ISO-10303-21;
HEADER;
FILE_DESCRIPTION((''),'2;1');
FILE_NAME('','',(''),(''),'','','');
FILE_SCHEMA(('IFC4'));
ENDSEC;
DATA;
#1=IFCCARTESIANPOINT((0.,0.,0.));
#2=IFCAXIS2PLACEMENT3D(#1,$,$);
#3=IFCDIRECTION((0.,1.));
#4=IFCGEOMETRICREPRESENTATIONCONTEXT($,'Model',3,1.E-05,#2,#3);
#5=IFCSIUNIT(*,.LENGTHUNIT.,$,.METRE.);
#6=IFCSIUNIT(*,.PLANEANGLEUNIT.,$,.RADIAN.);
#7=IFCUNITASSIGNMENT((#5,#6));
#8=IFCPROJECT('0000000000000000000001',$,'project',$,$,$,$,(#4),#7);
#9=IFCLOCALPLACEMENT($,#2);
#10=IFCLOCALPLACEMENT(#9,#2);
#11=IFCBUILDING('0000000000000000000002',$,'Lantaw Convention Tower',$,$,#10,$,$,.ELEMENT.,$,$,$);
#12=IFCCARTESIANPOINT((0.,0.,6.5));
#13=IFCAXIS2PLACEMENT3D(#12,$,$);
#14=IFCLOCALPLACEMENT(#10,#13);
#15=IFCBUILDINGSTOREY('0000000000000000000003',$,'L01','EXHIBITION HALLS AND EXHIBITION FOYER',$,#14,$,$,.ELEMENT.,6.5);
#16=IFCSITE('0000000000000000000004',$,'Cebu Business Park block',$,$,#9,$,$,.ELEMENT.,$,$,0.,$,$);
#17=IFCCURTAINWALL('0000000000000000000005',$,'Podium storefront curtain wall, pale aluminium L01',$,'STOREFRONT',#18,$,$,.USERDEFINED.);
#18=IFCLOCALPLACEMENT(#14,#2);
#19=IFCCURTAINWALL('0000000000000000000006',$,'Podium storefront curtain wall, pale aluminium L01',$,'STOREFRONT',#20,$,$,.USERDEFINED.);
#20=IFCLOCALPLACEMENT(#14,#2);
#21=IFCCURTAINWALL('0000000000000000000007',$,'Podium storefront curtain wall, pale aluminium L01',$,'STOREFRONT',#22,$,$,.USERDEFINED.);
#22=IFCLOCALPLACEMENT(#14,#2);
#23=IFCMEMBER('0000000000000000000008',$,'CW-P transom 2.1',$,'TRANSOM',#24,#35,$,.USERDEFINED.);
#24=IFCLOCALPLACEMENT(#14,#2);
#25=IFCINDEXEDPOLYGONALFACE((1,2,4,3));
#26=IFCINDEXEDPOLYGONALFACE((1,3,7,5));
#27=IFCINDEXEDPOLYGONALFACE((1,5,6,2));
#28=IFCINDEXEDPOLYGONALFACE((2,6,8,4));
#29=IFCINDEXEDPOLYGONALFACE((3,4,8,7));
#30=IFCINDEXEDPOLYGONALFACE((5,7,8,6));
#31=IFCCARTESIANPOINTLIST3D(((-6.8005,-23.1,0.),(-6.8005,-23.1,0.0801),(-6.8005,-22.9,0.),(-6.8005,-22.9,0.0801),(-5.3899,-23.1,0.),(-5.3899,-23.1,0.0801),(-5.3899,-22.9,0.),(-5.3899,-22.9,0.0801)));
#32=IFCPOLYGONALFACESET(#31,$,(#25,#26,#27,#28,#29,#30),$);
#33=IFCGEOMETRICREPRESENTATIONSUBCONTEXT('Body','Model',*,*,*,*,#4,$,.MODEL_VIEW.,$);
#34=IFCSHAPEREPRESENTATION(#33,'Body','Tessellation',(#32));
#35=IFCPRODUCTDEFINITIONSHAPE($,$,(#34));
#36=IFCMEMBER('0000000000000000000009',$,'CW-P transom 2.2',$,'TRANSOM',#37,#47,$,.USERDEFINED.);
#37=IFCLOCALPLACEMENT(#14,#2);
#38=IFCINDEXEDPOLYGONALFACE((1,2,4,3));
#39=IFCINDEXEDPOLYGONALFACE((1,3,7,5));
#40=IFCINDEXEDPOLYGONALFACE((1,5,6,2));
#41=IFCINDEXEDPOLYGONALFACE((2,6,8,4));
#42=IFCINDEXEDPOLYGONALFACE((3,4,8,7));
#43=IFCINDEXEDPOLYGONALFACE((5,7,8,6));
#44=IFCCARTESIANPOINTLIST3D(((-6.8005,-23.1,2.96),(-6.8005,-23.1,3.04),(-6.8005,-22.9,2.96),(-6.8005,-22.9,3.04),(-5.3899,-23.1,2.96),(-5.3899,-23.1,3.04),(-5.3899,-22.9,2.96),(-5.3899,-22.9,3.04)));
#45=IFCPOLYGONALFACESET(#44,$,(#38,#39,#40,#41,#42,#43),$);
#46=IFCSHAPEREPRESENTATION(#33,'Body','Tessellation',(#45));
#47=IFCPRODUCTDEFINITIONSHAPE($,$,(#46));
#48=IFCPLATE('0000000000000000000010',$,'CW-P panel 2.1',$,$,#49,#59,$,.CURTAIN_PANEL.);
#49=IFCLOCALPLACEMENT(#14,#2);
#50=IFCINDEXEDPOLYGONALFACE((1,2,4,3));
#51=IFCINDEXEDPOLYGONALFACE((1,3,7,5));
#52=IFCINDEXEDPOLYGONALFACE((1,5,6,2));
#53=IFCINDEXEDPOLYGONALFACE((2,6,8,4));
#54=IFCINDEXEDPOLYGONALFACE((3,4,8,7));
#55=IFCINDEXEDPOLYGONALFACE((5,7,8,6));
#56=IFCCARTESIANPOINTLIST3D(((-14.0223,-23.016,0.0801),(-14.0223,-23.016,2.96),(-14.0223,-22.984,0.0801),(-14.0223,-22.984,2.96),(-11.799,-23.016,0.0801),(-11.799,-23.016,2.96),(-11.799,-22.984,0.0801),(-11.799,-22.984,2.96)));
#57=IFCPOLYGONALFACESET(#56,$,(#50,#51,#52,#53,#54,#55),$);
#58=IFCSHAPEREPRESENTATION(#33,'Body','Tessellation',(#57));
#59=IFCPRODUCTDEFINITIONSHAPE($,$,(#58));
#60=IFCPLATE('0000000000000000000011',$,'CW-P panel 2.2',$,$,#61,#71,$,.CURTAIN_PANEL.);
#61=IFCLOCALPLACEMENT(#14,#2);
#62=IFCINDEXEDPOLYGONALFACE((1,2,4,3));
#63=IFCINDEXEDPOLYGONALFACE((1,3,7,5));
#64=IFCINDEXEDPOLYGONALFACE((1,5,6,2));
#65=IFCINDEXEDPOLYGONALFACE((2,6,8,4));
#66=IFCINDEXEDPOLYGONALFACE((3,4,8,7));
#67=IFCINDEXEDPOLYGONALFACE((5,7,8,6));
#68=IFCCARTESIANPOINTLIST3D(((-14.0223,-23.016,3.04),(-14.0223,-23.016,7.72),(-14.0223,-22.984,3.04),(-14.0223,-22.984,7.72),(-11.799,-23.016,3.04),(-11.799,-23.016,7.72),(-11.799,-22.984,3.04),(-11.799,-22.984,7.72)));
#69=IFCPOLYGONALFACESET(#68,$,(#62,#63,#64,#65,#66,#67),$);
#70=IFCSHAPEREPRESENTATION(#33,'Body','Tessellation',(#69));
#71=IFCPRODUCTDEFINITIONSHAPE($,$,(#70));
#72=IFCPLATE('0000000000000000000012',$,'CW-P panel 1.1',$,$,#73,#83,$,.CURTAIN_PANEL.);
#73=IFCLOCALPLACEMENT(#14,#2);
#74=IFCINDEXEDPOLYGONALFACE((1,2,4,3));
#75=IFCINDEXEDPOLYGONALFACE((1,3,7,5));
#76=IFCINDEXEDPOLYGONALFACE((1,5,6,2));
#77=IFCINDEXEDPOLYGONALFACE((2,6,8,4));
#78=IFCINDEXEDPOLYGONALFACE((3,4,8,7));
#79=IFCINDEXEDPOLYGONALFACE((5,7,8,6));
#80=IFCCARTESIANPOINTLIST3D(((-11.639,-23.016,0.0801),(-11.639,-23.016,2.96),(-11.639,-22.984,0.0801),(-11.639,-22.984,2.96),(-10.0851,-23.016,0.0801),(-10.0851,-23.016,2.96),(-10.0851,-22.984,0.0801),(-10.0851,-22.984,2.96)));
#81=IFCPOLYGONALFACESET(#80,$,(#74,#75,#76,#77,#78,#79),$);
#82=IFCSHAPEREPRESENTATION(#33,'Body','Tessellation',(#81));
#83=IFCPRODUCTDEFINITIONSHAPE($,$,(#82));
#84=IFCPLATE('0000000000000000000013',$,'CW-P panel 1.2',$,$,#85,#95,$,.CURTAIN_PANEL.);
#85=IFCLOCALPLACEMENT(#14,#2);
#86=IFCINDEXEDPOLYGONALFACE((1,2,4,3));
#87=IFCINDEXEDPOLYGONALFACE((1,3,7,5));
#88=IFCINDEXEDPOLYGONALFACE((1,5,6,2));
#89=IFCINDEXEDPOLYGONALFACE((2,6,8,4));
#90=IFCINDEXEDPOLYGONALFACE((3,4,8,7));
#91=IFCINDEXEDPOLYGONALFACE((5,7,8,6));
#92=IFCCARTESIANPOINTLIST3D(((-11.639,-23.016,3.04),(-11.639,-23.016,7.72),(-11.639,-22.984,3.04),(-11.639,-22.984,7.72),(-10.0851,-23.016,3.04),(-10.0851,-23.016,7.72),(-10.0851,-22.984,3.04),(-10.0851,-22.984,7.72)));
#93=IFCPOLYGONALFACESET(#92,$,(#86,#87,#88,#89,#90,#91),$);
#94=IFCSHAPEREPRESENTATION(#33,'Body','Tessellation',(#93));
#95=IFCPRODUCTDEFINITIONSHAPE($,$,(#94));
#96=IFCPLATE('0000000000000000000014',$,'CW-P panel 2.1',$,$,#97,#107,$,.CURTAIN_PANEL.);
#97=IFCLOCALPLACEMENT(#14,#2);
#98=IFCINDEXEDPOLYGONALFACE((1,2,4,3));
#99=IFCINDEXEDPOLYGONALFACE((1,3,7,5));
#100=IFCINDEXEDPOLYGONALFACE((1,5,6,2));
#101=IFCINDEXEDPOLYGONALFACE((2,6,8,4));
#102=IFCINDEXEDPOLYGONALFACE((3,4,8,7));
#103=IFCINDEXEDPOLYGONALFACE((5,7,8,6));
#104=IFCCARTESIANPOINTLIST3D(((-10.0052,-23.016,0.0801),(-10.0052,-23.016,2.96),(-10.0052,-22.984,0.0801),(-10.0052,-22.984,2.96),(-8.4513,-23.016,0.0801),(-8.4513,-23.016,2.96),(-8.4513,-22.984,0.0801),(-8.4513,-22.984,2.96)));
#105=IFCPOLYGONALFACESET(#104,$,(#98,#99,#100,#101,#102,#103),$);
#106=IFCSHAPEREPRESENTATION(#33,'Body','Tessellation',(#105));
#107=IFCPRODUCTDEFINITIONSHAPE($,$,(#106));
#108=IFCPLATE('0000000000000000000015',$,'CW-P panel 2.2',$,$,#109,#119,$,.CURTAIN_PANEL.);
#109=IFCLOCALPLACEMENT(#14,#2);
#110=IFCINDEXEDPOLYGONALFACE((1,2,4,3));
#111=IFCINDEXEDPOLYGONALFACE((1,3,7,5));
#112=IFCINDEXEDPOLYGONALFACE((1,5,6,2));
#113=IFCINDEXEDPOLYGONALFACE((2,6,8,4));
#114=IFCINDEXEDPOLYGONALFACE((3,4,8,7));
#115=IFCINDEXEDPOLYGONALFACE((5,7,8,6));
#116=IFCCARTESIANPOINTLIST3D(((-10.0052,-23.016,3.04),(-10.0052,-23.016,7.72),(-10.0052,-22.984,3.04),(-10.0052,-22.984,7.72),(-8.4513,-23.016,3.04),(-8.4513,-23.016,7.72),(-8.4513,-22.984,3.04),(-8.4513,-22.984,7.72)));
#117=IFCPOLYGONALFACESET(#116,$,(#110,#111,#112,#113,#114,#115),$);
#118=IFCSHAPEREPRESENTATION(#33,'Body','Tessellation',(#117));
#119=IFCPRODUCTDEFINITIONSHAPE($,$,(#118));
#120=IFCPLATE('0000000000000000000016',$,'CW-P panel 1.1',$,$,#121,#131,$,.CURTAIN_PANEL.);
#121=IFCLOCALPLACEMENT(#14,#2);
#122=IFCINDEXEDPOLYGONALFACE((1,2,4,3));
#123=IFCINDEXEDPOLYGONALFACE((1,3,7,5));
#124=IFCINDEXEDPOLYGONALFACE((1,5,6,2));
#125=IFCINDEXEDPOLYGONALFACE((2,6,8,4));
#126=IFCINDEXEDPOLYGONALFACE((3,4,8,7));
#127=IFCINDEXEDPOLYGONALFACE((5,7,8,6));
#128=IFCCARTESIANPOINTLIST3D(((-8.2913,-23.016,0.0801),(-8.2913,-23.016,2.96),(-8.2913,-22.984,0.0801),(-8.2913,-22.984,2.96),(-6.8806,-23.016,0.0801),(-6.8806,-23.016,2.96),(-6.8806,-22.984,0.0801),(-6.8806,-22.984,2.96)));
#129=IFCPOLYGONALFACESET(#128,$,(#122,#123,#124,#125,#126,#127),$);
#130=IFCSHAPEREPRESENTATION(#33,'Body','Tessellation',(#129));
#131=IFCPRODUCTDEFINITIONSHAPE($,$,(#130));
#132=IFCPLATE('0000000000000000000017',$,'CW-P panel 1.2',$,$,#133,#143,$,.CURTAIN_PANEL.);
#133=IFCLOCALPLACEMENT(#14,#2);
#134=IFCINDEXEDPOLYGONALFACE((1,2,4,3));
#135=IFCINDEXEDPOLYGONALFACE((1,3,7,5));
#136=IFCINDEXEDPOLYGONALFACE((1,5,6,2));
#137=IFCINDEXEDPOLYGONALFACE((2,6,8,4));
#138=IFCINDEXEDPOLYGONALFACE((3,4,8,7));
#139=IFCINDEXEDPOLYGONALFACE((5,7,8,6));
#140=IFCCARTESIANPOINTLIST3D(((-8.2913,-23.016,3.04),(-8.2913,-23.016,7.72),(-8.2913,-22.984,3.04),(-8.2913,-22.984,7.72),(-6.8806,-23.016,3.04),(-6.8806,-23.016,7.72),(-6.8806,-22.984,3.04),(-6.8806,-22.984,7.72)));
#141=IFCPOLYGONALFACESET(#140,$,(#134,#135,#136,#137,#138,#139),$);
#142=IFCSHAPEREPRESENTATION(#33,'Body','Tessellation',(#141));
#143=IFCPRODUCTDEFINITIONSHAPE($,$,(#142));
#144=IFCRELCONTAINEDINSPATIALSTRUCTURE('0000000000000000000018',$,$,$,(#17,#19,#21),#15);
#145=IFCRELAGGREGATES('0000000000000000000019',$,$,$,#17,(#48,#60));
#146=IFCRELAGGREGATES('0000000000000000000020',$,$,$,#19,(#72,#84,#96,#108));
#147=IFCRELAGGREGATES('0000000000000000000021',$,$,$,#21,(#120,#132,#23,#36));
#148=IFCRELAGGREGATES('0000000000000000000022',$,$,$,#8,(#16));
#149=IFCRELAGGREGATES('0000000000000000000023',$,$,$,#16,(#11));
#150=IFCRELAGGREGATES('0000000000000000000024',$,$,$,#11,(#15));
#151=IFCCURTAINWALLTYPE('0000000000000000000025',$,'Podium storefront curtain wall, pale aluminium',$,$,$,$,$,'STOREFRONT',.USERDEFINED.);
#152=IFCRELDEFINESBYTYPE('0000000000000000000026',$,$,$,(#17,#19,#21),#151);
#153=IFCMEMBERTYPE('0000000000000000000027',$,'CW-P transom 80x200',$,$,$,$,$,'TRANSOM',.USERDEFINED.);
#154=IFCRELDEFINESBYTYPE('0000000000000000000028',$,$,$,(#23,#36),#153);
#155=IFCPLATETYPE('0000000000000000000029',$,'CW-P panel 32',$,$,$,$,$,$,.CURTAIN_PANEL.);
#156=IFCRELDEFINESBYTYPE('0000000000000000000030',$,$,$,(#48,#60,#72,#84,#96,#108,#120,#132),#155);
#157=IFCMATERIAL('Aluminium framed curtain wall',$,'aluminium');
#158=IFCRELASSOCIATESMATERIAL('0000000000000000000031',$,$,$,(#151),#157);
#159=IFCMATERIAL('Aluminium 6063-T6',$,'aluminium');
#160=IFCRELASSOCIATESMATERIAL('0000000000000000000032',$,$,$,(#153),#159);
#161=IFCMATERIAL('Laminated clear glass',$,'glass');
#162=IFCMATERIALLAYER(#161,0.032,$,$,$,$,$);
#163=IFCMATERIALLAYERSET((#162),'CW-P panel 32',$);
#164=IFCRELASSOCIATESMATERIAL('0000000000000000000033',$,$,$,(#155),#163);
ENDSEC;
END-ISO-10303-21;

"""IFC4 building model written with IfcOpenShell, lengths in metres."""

from ifc_helpers import new_model, si_unit, direction, frame, origin, origin_2d, place, context, subcontext, project, spatial, rectangle, extrude, material, layer, layer_set, material_profile, profile_set, type_object, element, aggregate, save


model = new_model("IFC4")

# Units and contexts
model_context = context("Model", 3, precision=1e-05, world=origin(), true_north=direction((0.0, 1.0)))
body_context = subcontext(model_context, "Body", "Model", "MODEL_VIEW")
ifc_project = project(units=[si_unit("LENGTHUNIT", "METRE"), si_unit("PLANEANGLEUNIT", "RADIAN")], contexts=[model_context])

# Site, building, storey
site_placement = place(None, origin())
site = spatial("IfcSite", under=ifc_project, at=site_placement, Name="Cebu Business Park block", CompositionType="ELEMENT", RefElevation=0.0)
building_placement = place(site_placement, origin())
building = spatial("IfcBuilding", under=site, at=building_placement, Name="Lantaw Convention Tower", CompositionType="ELEMENT")
storey_placement = place(building_placement, frame((0.0, 0.0, 6.5)))
storey = spatial("IfcBuildingStorey", under=building, at=storey_placement, Name="L01", Description="EXHIBITION HALLS AND EXHIBITION FOYER", CompositionType="ELEMENT", Elevation=6.5)

# Curtain wall
ifc_material_1 = material(Name="Aluminium framed curtain wall", Category="aluminium")
curtain_wall_type = type_object("IfcCurtainWallType", Name="Podium storefront curtain wall, pale aluminium", ElementType="STOREFRONT", PredefinedType="USERDEFINED", material=ifc_material_1)
curtain_wall_1_placement = place(storey_placement, origin())
curtain_wall_1 = element("IfcCurtainWall", 1, at=curtain_wall_1_placement, inside=storey, type_object=curtain_wall_type, Name="Podium storefront curtain wall, pale aluminium L01", ObjectType="STOREFRONT", PredefinedType="USERDEFINED")
ifc_material_2 = material(Name="Aluminium 6063-T6", Category="aluminium")

# Curtain walls
curtain_wall_2_placement = place(storey_placement, origin())
curtain_wall_2 = element("IfcCurtainWall", 2, at=curtain_wall_2_placement, inside=storey, type_object=curtain_wall_type, Name="Podium storefront curtain wall, pale aluminium L01", ObjectType="STOREFRONT", PredefinedType="USERDEFINED")
curtain_wall_3_placement = place(storey_placement, origin())
curtain_wall_3 = element("IfcCurtainWall", 3, at=curtain_wall_3_placement, inside=storey, type_object=curtain_wall_type, Name="Podium storefront curtain wall, pale aluminium L01", ObjectType="STOREFRONT", PredefinedType="USERDEFINED")

# Members
ifc_material_profile_1 = material_profile(ifc_material_2, rectangle(XDim=0.2, YDim=0.0801, at=origin_2d()), Name="CW-P transom 80x200")
ifc_profile_set_1 = profile_set([ifc_material_profile_1], Name="Aluminium 6063-T6")
member_type_1 = type_object("IfcMemberType", Name="CW-P transom 80x200", ElementType="TRANSOM", PredefinedType="USERDEFINED", material=ifc_profile_set_1)
member_1_placement = place(storey_placement, frame((-6.8005, -23.0, 0.04), z_axis=(1.0, 0.0, 0.0), x_axis=(0.0, 1.0, 0.0)))
member_1 = element("IfcMember", 4, at=member_1_placement, type_object=member_type_1, Name="CW-P transom 2.1", ObjectType="TRANSOM", PredefinedType="USERDEFINED", context=body_context, shape_type="SweptSolid", body=[
    extrude(rectangle(XDim=0.2, YDim=0.0801, at=origin_2d()), origin(), (0.0, 0.0, 1.0), 1.4106),
])
member_2_placement = place(storey_placement, frame((-6.8005, -23.0, 3.0), z_axis=(1.0, 0.0, 0.0), x_axis=(0.0, 1.0, 0.0)))
member_2 = element("IfcMember", 5, at=member_2_placement, type_object=member_type_1, Name="CW-P transom 2.2", ObjectType="TRANSOM", PredefinedType="USERDEFINED", context=body_context, shape_type="SweptSolid", body=[
    extrude(rectangle(XDim=0.2, YDim=0.0801, at=origin_2d()), origin(), (0.0, 0.0, 1.0), 1.4106),
])

# Plates
ifc_material_3 = material(Name="Laminated clear glass", Category="glass")
ifc_layer = layer(ifc_material_3, 0.032)
ifc_layer_set = layer_set([ifc_layer], Name="CW-P panel 32")
plate_type = type_object("IfcPlateType", Name="CW-P panel 32", PredefinedType="CURTAIN_PANEL", material=ifc_layer_set)
plate_1_placement = place(storey_placement, frame((-12.9106, -23.0, 0.0801), z_axis=(0.0, 0.0, 1.0), x_axis=(1.0, 0.0, 0.0)))
plate_1 = element("IfcPlate", 6, at=plate_1_placement, type_object=plate_type, Name="CW-P panel 2.1", PredefinedType="CURTAIN_PANEL", context=body_context, shape_type="SweptSolid", body=[
    extrude(rectangle(XDim=2.2234, YDim=0.032, at=origin_2d()), origin(), (0.0, 0.0, 1.0), 2.8799),
])
plate_2_placement = place(storey_placement, frame((-12.9106, -23.0, 3.04), z_axis=(0.0, 0.0, 1.0), x_axis=(1.0, 0.0, 0.0)))
plate_2 = element("IfcPlate", 7, at=plate_2_placement, type_object=plate_type, Name="CW-P panel 2.2", PredefinedType="CURTAIN_PANEL", context=body_context, shape_type="SweptSolid", body=[
    extrude(rectangle(XDim=2.2234, YDim=0.032, at=origin_2d()), origin(), (0.0, 0.0, 1.0), 4.6799),
])
aggregate(curtain_wall_1, [plate_1, plate_2])
plate_3_placement = place(storey_placement, frame((-10.8621, -23.0, 0.0801), z_axis=(0.0, 0.0, 1.0), x_axis=(1.0, 0.0, 0.0)))
plate_3 = element("IfcPlate", 8, at=plate_3_placement, type_object=plate_type, Name="CW-P panel 1.1", PredefinedType="CURTAIN_PANEL", context=body_context, shape_type="SweptSolid", body=[
    extrude(rectangle(XDim=1.554, YDim=0.032, at=origin_2d()), origin(), (0.0, 0.0, 1.0), 2.8799),
])
plate_4_placement = place(storey_placement, frame((-10.8621, -23.0, 3.04), z_axis=(0.0, 0.0, 1.0), x_axis=(1.0, 0.0, 0.0)))
plate_4 = element("IfcPlate", 9, at=plate_4_placement, type_object=plate_type, Name="CW-P panel 1.2", PredefinedType="CURTAIN_PANEL", context=body_context, shape_type="SweptSolid", body=[
    extrude(rectangle(XDim=1.554, YDim=0.032, at=origin_2d()), origin(), (0.0, 0.0, 1.0), 4.6799),
])
plate_5_placement = place(storey_placement, frame((-9.2283, -23.0, 0.0801), z_axis=(0.0, 0.0, 1.0), x_axis=(1.0, 0.0, 0.0)))
plate_5 = element("IfcPlate", 10, at=plate_5_placement, type_object=plate_type, Name="CW-P panel 2.1", PredefinedType="CURTAIN_PANEL", context=body_context, shape_type="SweptSolid", body=[
    extrude(rectangle(XDim=1.554, YDim=0.032, at=origin_2d()), origin(), (0.0, 0.0, 1.0), 2.8799),
])
plate_6_placement = place(storey_placement, frame((-9.2283, -23.0, 3.04), z_axis=(0.0, 0.0, 1.0), x_axis=(1.0, 0.0, 0.0)))
plate_6 = element("IfcPlate", 11, at=plate_6_placement, type_object=plate_type, Name="CW-P panel 2.2", PredefinedType="CURTAIN_PANEL", context=body_context, shape_type="SweptSolid", body=[
    extrude(rectangle(XDim=1.554, YDim=0.032, at=origin_2d()), origin(), (0.0, 0.0, 1.0), 4.6799),
])
aggregate(curtain_wall_2, [plate_3, plate_4, plate_5, plate_6])
plate_7_placement = place(storey_placement, frame((-7.5859, -23.0, 0.0801), z_axis=(0.0, 0.0, 1.0), x_axis=(1.0, 0.0, 0.0)))
plate_7 = element("IfcPlate", 12, at=plate_7_placement, type_object=plate_type, Name="CW-P panel 1.1", PredefinedType="CURTAIN_PANEL", context=body_context, shape_type="SweptSolid", body=[
    extrude(rectangle(XDim=1.4106, YDim=0.032, at=origin_2d()), origin(), (0.0, 0.0, 1.0), 2.8799),
])
plate_8_placement = place(storey_placement, frame((-7.5859, -23.0, 3.04), z_axis=(0.0, 0.0, 1.0), x_axis=(1.0, 0.0, 0.0)))
plate_8 = element("IfcPlate", 13, at=plate_8_placement, type_object=plate_type, Name="CW-P panel 1.2", PredefinedType="CURTAIN_PANEL", context=body_context, shape_type="SweptSolid", body=[
    extrude(rectangle(XDim=1.4106, YDim=0.032, at=origin_2d()), origin(), (0.0, 0.0, 1.0), 4.6799),
])
aggregate(curtain_wall_3, [plate_7, plate_8, member_1, member_2])

save(model, "model.ifc")
